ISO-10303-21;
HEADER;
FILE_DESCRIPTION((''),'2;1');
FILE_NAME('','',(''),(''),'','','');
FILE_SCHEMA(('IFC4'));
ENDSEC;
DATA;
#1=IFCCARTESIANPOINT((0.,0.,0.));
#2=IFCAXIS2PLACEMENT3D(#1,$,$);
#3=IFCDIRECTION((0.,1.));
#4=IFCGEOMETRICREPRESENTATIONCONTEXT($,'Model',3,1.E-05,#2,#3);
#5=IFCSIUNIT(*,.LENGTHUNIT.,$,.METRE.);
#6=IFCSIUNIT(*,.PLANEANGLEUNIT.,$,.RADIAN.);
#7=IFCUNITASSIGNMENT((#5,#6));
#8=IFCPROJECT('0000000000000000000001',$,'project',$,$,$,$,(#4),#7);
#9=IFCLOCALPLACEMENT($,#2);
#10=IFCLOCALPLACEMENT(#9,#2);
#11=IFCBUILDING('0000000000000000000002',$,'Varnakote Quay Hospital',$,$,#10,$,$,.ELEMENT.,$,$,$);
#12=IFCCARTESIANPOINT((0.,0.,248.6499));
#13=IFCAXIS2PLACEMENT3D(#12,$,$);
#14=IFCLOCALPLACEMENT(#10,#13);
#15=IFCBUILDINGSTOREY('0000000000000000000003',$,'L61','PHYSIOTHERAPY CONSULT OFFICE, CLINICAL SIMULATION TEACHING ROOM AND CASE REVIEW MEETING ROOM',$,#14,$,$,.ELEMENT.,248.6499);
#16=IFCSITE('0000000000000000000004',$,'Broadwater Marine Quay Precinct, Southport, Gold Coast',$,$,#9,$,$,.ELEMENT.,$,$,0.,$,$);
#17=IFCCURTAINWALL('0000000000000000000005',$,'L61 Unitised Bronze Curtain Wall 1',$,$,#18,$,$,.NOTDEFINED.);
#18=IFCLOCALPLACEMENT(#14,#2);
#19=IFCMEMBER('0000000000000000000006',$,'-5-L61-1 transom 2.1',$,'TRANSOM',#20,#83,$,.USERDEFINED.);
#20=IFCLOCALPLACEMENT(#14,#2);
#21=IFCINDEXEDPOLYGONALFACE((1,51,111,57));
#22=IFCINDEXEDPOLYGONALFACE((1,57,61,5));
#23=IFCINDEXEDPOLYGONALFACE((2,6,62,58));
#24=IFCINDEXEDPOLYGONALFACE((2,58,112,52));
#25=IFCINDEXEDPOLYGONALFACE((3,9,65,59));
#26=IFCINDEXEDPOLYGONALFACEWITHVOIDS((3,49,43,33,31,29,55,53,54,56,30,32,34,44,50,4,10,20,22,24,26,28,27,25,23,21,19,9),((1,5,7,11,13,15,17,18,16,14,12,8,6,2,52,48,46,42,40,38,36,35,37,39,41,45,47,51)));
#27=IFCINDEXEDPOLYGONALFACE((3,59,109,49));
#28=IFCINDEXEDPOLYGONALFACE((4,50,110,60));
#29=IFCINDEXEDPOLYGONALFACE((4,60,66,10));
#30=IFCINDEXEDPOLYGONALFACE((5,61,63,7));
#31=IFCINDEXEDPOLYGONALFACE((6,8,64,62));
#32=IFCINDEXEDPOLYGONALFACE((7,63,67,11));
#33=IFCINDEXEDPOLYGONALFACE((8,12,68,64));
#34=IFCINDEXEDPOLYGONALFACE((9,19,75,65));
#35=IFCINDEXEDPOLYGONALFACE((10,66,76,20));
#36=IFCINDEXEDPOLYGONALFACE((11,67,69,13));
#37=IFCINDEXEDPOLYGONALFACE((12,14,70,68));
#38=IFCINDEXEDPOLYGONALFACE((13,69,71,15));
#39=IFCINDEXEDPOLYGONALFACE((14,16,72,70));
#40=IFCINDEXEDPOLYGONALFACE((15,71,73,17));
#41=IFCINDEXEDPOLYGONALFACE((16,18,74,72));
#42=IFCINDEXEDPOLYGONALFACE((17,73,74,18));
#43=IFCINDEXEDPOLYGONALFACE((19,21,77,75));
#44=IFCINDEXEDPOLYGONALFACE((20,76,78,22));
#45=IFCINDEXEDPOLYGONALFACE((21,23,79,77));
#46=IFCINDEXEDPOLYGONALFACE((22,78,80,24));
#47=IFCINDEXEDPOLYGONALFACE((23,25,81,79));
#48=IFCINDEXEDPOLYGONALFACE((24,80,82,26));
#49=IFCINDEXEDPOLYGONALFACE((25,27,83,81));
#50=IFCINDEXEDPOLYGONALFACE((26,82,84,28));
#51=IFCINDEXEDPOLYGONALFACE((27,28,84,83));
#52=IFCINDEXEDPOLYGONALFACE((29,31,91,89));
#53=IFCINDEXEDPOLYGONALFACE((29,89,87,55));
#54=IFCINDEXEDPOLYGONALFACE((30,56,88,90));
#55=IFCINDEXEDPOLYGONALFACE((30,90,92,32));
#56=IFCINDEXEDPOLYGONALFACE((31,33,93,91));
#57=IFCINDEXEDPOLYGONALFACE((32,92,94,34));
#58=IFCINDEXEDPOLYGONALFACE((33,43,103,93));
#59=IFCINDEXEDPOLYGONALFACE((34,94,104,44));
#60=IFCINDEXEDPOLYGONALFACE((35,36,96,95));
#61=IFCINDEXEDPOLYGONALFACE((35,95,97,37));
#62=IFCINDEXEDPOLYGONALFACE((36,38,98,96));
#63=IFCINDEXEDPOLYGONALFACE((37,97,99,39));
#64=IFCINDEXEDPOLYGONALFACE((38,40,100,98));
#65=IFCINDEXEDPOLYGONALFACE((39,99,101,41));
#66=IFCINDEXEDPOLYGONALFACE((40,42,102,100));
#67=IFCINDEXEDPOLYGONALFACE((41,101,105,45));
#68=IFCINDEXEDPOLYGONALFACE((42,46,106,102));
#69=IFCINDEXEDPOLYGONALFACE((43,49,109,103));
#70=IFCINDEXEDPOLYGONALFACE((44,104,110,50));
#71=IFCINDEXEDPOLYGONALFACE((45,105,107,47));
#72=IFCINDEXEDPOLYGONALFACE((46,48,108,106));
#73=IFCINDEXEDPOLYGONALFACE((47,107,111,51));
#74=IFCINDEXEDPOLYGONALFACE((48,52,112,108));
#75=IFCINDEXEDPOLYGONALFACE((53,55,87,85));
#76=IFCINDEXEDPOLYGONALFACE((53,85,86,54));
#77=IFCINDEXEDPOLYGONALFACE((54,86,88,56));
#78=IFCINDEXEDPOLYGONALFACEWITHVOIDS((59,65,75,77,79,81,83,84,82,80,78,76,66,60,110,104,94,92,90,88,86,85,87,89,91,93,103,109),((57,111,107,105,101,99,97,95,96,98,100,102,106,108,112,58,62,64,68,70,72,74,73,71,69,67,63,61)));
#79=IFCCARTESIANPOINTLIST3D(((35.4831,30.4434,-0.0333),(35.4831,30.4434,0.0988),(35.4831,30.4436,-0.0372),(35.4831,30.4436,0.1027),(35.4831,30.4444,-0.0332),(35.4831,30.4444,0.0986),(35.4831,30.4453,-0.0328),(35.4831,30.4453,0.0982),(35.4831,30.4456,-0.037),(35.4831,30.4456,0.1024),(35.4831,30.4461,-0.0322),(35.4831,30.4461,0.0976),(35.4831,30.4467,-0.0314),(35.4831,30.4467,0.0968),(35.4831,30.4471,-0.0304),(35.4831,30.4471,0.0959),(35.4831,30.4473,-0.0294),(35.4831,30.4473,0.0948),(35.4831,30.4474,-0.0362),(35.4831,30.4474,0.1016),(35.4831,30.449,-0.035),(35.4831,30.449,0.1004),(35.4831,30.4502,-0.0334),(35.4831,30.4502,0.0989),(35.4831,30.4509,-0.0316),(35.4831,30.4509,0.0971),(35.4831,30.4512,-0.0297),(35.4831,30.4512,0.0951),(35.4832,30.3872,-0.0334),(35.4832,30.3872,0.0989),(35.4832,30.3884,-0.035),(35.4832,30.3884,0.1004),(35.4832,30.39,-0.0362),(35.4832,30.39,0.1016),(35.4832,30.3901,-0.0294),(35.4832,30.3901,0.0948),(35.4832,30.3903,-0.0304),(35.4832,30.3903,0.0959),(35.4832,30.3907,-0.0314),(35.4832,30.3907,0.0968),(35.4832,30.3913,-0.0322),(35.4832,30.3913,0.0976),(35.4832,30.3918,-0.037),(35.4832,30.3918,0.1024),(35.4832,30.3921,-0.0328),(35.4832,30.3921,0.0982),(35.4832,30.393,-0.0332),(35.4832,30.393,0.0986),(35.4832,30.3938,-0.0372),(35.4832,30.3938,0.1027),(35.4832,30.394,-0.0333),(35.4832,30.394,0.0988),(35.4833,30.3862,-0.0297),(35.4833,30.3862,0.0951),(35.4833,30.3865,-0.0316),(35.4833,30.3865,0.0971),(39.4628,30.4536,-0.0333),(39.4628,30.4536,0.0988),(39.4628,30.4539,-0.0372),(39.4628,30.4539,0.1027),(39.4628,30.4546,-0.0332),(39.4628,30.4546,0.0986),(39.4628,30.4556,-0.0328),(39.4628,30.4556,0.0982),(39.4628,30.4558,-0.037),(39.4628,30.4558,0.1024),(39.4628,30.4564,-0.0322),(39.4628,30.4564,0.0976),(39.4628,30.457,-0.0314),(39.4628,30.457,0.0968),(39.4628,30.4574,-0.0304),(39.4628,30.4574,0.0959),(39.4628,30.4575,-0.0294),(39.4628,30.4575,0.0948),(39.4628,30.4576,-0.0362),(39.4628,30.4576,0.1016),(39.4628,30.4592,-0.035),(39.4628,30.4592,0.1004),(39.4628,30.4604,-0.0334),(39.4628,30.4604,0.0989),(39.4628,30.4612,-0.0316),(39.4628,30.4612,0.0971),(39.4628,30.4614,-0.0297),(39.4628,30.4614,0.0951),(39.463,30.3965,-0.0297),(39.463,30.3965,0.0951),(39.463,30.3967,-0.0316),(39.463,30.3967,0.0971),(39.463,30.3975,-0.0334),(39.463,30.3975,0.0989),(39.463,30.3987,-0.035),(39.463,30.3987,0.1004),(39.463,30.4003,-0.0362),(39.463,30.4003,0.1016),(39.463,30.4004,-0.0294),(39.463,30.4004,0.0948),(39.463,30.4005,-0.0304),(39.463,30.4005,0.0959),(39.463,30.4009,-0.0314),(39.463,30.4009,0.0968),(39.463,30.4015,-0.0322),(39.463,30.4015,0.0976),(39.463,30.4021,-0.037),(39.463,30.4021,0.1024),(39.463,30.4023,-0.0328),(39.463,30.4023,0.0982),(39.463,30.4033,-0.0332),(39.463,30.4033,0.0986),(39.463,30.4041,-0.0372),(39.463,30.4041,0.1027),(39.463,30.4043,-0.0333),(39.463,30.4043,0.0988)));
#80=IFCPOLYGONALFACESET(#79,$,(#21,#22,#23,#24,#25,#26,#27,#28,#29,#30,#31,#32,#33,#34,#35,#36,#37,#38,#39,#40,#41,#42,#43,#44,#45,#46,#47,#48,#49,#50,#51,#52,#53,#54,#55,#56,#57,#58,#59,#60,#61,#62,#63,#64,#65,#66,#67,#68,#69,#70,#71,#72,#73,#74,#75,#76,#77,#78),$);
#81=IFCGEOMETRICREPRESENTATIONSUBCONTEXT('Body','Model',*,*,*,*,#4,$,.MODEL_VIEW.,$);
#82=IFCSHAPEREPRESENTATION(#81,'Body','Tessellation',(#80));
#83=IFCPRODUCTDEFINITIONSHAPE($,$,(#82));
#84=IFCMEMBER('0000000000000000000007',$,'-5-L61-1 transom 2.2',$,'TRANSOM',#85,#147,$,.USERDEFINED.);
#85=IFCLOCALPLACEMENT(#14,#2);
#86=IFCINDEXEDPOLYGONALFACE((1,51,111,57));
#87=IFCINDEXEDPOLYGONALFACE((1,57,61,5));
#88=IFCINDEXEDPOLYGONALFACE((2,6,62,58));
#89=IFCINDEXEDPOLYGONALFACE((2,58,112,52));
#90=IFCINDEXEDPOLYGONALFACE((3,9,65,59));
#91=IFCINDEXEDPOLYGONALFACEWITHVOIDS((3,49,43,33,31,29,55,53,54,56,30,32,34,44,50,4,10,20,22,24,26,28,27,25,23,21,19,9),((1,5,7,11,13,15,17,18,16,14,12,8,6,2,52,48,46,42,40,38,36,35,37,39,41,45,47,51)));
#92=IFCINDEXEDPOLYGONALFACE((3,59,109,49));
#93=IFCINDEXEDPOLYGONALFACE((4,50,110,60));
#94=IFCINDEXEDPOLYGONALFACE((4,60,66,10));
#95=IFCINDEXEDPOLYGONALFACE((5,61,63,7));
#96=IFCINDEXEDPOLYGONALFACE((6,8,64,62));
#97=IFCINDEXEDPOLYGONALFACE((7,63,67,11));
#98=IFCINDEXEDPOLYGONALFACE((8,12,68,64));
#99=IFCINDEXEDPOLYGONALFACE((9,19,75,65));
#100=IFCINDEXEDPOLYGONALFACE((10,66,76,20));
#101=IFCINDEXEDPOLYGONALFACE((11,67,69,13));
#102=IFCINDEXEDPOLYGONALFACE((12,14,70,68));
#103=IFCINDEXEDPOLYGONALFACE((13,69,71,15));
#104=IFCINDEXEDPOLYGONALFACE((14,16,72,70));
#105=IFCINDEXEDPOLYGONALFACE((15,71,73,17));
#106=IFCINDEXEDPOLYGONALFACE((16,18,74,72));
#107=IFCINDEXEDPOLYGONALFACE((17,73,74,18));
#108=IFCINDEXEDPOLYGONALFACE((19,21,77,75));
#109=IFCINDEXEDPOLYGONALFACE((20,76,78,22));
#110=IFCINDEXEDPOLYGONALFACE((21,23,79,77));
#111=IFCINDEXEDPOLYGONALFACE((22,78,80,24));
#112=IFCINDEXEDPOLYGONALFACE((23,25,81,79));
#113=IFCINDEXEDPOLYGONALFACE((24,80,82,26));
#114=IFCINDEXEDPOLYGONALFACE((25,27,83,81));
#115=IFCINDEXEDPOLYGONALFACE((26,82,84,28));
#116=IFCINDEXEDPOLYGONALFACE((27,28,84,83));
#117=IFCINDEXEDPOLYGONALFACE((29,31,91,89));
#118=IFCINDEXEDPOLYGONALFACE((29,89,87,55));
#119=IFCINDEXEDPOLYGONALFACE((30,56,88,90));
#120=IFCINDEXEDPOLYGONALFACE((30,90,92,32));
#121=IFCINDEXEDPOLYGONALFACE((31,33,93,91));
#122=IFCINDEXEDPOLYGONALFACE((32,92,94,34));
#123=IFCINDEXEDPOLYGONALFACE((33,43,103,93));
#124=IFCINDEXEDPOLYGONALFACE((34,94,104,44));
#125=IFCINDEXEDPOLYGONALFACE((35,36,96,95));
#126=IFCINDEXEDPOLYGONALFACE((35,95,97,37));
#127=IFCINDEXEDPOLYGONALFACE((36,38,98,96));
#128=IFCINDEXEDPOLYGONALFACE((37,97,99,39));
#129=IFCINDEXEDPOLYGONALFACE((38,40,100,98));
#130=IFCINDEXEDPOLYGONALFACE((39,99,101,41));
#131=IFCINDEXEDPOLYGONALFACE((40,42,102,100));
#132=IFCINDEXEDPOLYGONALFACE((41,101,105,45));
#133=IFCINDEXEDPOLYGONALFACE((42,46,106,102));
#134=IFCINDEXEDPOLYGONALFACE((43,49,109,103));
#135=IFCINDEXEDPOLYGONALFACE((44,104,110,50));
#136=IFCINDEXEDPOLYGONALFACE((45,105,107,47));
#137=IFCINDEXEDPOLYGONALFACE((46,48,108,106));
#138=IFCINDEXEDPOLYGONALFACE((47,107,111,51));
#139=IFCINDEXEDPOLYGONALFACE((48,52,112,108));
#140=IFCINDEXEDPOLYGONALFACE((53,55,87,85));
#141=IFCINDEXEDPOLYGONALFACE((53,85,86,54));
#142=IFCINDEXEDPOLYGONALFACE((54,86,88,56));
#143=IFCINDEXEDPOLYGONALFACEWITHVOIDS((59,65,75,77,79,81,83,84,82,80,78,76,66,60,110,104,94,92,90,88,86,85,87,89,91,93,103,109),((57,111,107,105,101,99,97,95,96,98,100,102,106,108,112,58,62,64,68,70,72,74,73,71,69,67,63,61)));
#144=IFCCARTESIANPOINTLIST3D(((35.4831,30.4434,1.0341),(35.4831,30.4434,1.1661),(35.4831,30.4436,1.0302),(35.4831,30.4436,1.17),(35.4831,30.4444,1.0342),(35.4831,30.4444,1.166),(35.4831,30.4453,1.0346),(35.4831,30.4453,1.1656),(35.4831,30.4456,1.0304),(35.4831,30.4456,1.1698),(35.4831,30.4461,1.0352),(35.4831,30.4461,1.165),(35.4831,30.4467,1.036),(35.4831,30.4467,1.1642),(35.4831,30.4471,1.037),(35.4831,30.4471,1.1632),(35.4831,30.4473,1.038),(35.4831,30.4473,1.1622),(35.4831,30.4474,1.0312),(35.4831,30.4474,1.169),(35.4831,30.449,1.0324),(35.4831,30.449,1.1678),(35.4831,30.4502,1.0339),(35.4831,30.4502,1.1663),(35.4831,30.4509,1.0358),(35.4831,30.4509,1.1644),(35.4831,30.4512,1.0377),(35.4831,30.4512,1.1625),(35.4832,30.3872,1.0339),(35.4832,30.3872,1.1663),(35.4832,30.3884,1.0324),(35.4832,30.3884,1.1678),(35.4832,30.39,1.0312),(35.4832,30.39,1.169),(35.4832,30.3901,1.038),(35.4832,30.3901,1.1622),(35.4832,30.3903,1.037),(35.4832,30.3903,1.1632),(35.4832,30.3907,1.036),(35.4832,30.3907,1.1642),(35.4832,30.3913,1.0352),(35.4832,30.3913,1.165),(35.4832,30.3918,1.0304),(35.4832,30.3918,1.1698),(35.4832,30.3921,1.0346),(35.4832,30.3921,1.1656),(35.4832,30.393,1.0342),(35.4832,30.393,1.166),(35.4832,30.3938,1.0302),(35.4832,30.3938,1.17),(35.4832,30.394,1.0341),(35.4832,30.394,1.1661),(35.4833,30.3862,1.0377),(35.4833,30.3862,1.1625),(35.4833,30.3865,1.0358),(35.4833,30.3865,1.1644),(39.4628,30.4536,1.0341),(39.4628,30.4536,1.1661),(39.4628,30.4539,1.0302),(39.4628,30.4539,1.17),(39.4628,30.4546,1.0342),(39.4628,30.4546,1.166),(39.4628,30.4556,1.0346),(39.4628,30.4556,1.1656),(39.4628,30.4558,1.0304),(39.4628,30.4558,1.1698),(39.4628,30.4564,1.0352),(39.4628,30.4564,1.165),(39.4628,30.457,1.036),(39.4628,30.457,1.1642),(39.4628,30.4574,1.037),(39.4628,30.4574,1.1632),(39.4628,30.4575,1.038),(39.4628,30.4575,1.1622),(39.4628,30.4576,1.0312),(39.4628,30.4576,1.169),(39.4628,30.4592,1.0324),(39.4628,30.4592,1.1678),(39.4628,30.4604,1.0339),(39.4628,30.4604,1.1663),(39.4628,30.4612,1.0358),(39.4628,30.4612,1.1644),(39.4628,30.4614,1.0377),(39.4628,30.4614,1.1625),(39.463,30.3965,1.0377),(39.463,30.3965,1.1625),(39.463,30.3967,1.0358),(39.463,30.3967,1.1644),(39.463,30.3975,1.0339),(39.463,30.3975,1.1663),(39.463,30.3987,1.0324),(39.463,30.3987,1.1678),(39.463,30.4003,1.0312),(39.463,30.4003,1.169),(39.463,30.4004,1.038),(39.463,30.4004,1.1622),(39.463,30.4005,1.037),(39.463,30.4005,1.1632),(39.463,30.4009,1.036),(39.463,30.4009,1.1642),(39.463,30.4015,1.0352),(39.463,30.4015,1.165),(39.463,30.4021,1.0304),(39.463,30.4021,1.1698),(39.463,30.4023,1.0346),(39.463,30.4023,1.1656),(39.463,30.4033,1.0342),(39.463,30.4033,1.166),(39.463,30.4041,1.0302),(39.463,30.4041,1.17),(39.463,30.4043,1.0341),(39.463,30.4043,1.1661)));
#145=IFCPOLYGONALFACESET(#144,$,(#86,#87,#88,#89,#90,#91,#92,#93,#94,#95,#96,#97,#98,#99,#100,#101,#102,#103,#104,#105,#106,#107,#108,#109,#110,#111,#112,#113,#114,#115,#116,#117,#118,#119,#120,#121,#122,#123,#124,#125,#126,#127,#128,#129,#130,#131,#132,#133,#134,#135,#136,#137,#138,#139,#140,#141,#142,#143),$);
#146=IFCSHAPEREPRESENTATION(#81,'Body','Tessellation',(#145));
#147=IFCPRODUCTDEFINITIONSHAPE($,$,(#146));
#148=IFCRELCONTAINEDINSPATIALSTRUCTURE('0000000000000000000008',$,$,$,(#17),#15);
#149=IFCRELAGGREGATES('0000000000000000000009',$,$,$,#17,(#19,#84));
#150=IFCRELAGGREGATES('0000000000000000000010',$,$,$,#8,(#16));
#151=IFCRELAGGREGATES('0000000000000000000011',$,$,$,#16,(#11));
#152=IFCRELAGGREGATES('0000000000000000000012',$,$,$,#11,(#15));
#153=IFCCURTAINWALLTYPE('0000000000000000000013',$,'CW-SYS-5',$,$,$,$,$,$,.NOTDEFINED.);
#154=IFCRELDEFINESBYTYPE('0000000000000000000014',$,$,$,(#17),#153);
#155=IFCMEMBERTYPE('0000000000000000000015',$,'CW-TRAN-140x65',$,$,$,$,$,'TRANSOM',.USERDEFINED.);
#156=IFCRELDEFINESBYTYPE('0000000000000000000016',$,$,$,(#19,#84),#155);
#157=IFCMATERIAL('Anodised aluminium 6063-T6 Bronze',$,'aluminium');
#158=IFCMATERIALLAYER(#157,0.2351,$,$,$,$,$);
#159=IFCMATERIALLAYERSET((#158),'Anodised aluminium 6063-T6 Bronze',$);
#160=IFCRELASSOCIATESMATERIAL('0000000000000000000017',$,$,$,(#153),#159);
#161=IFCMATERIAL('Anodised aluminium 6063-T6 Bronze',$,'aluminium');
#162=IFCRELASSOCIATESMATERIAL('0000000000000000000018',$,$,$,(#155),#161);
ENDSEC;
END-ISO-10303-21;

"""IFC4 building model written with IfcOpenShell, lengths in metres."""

from ifc_helpers import new_model, si_unit, direction, frame, origin, origin_2d, place, context, subcontext, project, spatial, hollow_rectangle, extrude, material, layer, layer_set, material_profile, profile_set, type_object, element, aggregate, save


model = new_model("IFC4")

# Units and contexts
model_context = context("Model", 3, precision=1e-05, world=origin(), true_north=direction((0.0, 1.0)))
body_context = subcontext(model_context, "Body", "Model", "MODEL_VIEW")
ifc_project = project(units=[si_unit("LENGTHUNIT", "METRE"), si_unit("PLANEANGLEUNIT", "RADIAN")], contexts=[model_context])

# Site, building, storey
site_placement = place(None, origin())
site = spatial("IfcSite", under=ifc_project, at=site_placement, Name="Broadwater Marine Quay Precinct, Southport, Gold Coast", CompositionType="ELEMENT", RefElevation=0.0)
building_placement = place(site_placement, origin())
building = spatial("IfcBuilding", under=site, at=building_placement, Name="Varnakote Quay Hospital", CompositionType="ELEMENT")
storey_placement = place(building_placement, frame((0.0, 0.0, 248.6499)))
storey = spatial("IfcBuildingStorey", under=building, at=storey_placement, Name="L61", Description="PHYSIOTHERAPY CONSULT OFFICE, CLINICAL SIMULATION TEACHING ROOM AND CASE REVIEW MEETING ROOM", CompositionType="ELEMENT", Elevation=248.6499)

# Curtain wall, members
ifc_material_1 = material(Name="Anodised aluminium 6063-T6 Bronze", Category="aluminium")
ifc_layer_1 = layer(ifc_material_1, 0.2351)
ifc_layer_set_1 = layer_set([ifc_layer_1], Name="Anodised aluminium 6063-T6 Bronze")
curtain_wall_type = type_object("IfcCurtainWallType", Name="CW-SYS-5", PredefinedType="NOTDEFINED", material=ifc_layer_set_1)
curtain_wall_placement = place(storey_placement, origin())
curtain_wall = element("IfcCurtainWall", 1, at=curtain_wall_placement, inside=storey, type_object=curtain_wall_type, Name="L61 Unitised Bronze Curtain Wall 1", PredefinedType="NOTDEFINED")
ifc_material_2 = material(Name="Anodised aluminium 6063-T6 Bronze", Category="aluminium")
ifc_material_profile_1 = material_profile(ifc_material_2, hollow_rectangle(XDim=0.0649, YDim=0.1399, WallThickness=0.0039, InnerFilletRadius=0.0039, OuterFilletRadius=0.0076, at=origin_2d()), Name="CW-TRAN-140x65")
ifc_profile_set_1 = profile_set([ifc_material_profile_1], Name="Anodised aluminium 6063-T6 Bronze")
member_type_1 = type_object("IfcMemberType", Name="CW-TRAN-140x65", ElementType="TRANSOM", PredefinedType="USERDEFINED", material=ifc_profile_set_1)
member_1_placement = place(storey_placement, frame((39.4629, 30.429, 0.0327), z_axis=(-0.999997, -0.002577, 0.0), x_axis=(0.002577, -0.999997, 0.0)))
member_1 = element("IfcMember", 2, at=member_1_placement, type_object=member_type_1, Name="-5-L61-1 transom 2.1", ObjectType="TRANSOM", PredefinedType="USERDEFINED", context=body_context, shape_type="SweptSolid", body=[
    extrude(hollow_rectangle(XDim=0.0649, YDim=0.1399, WallThickness=0.0039, InnerFilletRadius=0.0039, OuterFilletRadius=0.0076, at=origin_2d()), origin(), (0.0, 0.0, 1.0), 3.9797),
])
member_2_placement = place(storey_placement, frame((39.4629, 30.429, 1.1001), z_axis=(-0.999997, -0.002577, 0.0), x_axis=(0.002577, -0.999997, 0.0)))
member_2 = element("IfcMember", 3, at=member_2_placement, type_object=member_type_1, Name="-5-L61-1 transom 2.2", ObjectType="TRANSOM", PredefinedType="USERDEFINED", context=body_context, shape_type="SweptSolid", body=[
    extrude(hollow_rectangle(XDim=0.0649, YDim=0.1399, WallThickness=0.0039, InnerFilletRadius=0.0039, OuterFilletRadius=0.0076, at=origin_2d()), origin(), (0.0, 0.0, 1.0), 3.9797),
])

aggregate(curtain_wall, [member_1, member_2])

save(model, "model.ifc")
